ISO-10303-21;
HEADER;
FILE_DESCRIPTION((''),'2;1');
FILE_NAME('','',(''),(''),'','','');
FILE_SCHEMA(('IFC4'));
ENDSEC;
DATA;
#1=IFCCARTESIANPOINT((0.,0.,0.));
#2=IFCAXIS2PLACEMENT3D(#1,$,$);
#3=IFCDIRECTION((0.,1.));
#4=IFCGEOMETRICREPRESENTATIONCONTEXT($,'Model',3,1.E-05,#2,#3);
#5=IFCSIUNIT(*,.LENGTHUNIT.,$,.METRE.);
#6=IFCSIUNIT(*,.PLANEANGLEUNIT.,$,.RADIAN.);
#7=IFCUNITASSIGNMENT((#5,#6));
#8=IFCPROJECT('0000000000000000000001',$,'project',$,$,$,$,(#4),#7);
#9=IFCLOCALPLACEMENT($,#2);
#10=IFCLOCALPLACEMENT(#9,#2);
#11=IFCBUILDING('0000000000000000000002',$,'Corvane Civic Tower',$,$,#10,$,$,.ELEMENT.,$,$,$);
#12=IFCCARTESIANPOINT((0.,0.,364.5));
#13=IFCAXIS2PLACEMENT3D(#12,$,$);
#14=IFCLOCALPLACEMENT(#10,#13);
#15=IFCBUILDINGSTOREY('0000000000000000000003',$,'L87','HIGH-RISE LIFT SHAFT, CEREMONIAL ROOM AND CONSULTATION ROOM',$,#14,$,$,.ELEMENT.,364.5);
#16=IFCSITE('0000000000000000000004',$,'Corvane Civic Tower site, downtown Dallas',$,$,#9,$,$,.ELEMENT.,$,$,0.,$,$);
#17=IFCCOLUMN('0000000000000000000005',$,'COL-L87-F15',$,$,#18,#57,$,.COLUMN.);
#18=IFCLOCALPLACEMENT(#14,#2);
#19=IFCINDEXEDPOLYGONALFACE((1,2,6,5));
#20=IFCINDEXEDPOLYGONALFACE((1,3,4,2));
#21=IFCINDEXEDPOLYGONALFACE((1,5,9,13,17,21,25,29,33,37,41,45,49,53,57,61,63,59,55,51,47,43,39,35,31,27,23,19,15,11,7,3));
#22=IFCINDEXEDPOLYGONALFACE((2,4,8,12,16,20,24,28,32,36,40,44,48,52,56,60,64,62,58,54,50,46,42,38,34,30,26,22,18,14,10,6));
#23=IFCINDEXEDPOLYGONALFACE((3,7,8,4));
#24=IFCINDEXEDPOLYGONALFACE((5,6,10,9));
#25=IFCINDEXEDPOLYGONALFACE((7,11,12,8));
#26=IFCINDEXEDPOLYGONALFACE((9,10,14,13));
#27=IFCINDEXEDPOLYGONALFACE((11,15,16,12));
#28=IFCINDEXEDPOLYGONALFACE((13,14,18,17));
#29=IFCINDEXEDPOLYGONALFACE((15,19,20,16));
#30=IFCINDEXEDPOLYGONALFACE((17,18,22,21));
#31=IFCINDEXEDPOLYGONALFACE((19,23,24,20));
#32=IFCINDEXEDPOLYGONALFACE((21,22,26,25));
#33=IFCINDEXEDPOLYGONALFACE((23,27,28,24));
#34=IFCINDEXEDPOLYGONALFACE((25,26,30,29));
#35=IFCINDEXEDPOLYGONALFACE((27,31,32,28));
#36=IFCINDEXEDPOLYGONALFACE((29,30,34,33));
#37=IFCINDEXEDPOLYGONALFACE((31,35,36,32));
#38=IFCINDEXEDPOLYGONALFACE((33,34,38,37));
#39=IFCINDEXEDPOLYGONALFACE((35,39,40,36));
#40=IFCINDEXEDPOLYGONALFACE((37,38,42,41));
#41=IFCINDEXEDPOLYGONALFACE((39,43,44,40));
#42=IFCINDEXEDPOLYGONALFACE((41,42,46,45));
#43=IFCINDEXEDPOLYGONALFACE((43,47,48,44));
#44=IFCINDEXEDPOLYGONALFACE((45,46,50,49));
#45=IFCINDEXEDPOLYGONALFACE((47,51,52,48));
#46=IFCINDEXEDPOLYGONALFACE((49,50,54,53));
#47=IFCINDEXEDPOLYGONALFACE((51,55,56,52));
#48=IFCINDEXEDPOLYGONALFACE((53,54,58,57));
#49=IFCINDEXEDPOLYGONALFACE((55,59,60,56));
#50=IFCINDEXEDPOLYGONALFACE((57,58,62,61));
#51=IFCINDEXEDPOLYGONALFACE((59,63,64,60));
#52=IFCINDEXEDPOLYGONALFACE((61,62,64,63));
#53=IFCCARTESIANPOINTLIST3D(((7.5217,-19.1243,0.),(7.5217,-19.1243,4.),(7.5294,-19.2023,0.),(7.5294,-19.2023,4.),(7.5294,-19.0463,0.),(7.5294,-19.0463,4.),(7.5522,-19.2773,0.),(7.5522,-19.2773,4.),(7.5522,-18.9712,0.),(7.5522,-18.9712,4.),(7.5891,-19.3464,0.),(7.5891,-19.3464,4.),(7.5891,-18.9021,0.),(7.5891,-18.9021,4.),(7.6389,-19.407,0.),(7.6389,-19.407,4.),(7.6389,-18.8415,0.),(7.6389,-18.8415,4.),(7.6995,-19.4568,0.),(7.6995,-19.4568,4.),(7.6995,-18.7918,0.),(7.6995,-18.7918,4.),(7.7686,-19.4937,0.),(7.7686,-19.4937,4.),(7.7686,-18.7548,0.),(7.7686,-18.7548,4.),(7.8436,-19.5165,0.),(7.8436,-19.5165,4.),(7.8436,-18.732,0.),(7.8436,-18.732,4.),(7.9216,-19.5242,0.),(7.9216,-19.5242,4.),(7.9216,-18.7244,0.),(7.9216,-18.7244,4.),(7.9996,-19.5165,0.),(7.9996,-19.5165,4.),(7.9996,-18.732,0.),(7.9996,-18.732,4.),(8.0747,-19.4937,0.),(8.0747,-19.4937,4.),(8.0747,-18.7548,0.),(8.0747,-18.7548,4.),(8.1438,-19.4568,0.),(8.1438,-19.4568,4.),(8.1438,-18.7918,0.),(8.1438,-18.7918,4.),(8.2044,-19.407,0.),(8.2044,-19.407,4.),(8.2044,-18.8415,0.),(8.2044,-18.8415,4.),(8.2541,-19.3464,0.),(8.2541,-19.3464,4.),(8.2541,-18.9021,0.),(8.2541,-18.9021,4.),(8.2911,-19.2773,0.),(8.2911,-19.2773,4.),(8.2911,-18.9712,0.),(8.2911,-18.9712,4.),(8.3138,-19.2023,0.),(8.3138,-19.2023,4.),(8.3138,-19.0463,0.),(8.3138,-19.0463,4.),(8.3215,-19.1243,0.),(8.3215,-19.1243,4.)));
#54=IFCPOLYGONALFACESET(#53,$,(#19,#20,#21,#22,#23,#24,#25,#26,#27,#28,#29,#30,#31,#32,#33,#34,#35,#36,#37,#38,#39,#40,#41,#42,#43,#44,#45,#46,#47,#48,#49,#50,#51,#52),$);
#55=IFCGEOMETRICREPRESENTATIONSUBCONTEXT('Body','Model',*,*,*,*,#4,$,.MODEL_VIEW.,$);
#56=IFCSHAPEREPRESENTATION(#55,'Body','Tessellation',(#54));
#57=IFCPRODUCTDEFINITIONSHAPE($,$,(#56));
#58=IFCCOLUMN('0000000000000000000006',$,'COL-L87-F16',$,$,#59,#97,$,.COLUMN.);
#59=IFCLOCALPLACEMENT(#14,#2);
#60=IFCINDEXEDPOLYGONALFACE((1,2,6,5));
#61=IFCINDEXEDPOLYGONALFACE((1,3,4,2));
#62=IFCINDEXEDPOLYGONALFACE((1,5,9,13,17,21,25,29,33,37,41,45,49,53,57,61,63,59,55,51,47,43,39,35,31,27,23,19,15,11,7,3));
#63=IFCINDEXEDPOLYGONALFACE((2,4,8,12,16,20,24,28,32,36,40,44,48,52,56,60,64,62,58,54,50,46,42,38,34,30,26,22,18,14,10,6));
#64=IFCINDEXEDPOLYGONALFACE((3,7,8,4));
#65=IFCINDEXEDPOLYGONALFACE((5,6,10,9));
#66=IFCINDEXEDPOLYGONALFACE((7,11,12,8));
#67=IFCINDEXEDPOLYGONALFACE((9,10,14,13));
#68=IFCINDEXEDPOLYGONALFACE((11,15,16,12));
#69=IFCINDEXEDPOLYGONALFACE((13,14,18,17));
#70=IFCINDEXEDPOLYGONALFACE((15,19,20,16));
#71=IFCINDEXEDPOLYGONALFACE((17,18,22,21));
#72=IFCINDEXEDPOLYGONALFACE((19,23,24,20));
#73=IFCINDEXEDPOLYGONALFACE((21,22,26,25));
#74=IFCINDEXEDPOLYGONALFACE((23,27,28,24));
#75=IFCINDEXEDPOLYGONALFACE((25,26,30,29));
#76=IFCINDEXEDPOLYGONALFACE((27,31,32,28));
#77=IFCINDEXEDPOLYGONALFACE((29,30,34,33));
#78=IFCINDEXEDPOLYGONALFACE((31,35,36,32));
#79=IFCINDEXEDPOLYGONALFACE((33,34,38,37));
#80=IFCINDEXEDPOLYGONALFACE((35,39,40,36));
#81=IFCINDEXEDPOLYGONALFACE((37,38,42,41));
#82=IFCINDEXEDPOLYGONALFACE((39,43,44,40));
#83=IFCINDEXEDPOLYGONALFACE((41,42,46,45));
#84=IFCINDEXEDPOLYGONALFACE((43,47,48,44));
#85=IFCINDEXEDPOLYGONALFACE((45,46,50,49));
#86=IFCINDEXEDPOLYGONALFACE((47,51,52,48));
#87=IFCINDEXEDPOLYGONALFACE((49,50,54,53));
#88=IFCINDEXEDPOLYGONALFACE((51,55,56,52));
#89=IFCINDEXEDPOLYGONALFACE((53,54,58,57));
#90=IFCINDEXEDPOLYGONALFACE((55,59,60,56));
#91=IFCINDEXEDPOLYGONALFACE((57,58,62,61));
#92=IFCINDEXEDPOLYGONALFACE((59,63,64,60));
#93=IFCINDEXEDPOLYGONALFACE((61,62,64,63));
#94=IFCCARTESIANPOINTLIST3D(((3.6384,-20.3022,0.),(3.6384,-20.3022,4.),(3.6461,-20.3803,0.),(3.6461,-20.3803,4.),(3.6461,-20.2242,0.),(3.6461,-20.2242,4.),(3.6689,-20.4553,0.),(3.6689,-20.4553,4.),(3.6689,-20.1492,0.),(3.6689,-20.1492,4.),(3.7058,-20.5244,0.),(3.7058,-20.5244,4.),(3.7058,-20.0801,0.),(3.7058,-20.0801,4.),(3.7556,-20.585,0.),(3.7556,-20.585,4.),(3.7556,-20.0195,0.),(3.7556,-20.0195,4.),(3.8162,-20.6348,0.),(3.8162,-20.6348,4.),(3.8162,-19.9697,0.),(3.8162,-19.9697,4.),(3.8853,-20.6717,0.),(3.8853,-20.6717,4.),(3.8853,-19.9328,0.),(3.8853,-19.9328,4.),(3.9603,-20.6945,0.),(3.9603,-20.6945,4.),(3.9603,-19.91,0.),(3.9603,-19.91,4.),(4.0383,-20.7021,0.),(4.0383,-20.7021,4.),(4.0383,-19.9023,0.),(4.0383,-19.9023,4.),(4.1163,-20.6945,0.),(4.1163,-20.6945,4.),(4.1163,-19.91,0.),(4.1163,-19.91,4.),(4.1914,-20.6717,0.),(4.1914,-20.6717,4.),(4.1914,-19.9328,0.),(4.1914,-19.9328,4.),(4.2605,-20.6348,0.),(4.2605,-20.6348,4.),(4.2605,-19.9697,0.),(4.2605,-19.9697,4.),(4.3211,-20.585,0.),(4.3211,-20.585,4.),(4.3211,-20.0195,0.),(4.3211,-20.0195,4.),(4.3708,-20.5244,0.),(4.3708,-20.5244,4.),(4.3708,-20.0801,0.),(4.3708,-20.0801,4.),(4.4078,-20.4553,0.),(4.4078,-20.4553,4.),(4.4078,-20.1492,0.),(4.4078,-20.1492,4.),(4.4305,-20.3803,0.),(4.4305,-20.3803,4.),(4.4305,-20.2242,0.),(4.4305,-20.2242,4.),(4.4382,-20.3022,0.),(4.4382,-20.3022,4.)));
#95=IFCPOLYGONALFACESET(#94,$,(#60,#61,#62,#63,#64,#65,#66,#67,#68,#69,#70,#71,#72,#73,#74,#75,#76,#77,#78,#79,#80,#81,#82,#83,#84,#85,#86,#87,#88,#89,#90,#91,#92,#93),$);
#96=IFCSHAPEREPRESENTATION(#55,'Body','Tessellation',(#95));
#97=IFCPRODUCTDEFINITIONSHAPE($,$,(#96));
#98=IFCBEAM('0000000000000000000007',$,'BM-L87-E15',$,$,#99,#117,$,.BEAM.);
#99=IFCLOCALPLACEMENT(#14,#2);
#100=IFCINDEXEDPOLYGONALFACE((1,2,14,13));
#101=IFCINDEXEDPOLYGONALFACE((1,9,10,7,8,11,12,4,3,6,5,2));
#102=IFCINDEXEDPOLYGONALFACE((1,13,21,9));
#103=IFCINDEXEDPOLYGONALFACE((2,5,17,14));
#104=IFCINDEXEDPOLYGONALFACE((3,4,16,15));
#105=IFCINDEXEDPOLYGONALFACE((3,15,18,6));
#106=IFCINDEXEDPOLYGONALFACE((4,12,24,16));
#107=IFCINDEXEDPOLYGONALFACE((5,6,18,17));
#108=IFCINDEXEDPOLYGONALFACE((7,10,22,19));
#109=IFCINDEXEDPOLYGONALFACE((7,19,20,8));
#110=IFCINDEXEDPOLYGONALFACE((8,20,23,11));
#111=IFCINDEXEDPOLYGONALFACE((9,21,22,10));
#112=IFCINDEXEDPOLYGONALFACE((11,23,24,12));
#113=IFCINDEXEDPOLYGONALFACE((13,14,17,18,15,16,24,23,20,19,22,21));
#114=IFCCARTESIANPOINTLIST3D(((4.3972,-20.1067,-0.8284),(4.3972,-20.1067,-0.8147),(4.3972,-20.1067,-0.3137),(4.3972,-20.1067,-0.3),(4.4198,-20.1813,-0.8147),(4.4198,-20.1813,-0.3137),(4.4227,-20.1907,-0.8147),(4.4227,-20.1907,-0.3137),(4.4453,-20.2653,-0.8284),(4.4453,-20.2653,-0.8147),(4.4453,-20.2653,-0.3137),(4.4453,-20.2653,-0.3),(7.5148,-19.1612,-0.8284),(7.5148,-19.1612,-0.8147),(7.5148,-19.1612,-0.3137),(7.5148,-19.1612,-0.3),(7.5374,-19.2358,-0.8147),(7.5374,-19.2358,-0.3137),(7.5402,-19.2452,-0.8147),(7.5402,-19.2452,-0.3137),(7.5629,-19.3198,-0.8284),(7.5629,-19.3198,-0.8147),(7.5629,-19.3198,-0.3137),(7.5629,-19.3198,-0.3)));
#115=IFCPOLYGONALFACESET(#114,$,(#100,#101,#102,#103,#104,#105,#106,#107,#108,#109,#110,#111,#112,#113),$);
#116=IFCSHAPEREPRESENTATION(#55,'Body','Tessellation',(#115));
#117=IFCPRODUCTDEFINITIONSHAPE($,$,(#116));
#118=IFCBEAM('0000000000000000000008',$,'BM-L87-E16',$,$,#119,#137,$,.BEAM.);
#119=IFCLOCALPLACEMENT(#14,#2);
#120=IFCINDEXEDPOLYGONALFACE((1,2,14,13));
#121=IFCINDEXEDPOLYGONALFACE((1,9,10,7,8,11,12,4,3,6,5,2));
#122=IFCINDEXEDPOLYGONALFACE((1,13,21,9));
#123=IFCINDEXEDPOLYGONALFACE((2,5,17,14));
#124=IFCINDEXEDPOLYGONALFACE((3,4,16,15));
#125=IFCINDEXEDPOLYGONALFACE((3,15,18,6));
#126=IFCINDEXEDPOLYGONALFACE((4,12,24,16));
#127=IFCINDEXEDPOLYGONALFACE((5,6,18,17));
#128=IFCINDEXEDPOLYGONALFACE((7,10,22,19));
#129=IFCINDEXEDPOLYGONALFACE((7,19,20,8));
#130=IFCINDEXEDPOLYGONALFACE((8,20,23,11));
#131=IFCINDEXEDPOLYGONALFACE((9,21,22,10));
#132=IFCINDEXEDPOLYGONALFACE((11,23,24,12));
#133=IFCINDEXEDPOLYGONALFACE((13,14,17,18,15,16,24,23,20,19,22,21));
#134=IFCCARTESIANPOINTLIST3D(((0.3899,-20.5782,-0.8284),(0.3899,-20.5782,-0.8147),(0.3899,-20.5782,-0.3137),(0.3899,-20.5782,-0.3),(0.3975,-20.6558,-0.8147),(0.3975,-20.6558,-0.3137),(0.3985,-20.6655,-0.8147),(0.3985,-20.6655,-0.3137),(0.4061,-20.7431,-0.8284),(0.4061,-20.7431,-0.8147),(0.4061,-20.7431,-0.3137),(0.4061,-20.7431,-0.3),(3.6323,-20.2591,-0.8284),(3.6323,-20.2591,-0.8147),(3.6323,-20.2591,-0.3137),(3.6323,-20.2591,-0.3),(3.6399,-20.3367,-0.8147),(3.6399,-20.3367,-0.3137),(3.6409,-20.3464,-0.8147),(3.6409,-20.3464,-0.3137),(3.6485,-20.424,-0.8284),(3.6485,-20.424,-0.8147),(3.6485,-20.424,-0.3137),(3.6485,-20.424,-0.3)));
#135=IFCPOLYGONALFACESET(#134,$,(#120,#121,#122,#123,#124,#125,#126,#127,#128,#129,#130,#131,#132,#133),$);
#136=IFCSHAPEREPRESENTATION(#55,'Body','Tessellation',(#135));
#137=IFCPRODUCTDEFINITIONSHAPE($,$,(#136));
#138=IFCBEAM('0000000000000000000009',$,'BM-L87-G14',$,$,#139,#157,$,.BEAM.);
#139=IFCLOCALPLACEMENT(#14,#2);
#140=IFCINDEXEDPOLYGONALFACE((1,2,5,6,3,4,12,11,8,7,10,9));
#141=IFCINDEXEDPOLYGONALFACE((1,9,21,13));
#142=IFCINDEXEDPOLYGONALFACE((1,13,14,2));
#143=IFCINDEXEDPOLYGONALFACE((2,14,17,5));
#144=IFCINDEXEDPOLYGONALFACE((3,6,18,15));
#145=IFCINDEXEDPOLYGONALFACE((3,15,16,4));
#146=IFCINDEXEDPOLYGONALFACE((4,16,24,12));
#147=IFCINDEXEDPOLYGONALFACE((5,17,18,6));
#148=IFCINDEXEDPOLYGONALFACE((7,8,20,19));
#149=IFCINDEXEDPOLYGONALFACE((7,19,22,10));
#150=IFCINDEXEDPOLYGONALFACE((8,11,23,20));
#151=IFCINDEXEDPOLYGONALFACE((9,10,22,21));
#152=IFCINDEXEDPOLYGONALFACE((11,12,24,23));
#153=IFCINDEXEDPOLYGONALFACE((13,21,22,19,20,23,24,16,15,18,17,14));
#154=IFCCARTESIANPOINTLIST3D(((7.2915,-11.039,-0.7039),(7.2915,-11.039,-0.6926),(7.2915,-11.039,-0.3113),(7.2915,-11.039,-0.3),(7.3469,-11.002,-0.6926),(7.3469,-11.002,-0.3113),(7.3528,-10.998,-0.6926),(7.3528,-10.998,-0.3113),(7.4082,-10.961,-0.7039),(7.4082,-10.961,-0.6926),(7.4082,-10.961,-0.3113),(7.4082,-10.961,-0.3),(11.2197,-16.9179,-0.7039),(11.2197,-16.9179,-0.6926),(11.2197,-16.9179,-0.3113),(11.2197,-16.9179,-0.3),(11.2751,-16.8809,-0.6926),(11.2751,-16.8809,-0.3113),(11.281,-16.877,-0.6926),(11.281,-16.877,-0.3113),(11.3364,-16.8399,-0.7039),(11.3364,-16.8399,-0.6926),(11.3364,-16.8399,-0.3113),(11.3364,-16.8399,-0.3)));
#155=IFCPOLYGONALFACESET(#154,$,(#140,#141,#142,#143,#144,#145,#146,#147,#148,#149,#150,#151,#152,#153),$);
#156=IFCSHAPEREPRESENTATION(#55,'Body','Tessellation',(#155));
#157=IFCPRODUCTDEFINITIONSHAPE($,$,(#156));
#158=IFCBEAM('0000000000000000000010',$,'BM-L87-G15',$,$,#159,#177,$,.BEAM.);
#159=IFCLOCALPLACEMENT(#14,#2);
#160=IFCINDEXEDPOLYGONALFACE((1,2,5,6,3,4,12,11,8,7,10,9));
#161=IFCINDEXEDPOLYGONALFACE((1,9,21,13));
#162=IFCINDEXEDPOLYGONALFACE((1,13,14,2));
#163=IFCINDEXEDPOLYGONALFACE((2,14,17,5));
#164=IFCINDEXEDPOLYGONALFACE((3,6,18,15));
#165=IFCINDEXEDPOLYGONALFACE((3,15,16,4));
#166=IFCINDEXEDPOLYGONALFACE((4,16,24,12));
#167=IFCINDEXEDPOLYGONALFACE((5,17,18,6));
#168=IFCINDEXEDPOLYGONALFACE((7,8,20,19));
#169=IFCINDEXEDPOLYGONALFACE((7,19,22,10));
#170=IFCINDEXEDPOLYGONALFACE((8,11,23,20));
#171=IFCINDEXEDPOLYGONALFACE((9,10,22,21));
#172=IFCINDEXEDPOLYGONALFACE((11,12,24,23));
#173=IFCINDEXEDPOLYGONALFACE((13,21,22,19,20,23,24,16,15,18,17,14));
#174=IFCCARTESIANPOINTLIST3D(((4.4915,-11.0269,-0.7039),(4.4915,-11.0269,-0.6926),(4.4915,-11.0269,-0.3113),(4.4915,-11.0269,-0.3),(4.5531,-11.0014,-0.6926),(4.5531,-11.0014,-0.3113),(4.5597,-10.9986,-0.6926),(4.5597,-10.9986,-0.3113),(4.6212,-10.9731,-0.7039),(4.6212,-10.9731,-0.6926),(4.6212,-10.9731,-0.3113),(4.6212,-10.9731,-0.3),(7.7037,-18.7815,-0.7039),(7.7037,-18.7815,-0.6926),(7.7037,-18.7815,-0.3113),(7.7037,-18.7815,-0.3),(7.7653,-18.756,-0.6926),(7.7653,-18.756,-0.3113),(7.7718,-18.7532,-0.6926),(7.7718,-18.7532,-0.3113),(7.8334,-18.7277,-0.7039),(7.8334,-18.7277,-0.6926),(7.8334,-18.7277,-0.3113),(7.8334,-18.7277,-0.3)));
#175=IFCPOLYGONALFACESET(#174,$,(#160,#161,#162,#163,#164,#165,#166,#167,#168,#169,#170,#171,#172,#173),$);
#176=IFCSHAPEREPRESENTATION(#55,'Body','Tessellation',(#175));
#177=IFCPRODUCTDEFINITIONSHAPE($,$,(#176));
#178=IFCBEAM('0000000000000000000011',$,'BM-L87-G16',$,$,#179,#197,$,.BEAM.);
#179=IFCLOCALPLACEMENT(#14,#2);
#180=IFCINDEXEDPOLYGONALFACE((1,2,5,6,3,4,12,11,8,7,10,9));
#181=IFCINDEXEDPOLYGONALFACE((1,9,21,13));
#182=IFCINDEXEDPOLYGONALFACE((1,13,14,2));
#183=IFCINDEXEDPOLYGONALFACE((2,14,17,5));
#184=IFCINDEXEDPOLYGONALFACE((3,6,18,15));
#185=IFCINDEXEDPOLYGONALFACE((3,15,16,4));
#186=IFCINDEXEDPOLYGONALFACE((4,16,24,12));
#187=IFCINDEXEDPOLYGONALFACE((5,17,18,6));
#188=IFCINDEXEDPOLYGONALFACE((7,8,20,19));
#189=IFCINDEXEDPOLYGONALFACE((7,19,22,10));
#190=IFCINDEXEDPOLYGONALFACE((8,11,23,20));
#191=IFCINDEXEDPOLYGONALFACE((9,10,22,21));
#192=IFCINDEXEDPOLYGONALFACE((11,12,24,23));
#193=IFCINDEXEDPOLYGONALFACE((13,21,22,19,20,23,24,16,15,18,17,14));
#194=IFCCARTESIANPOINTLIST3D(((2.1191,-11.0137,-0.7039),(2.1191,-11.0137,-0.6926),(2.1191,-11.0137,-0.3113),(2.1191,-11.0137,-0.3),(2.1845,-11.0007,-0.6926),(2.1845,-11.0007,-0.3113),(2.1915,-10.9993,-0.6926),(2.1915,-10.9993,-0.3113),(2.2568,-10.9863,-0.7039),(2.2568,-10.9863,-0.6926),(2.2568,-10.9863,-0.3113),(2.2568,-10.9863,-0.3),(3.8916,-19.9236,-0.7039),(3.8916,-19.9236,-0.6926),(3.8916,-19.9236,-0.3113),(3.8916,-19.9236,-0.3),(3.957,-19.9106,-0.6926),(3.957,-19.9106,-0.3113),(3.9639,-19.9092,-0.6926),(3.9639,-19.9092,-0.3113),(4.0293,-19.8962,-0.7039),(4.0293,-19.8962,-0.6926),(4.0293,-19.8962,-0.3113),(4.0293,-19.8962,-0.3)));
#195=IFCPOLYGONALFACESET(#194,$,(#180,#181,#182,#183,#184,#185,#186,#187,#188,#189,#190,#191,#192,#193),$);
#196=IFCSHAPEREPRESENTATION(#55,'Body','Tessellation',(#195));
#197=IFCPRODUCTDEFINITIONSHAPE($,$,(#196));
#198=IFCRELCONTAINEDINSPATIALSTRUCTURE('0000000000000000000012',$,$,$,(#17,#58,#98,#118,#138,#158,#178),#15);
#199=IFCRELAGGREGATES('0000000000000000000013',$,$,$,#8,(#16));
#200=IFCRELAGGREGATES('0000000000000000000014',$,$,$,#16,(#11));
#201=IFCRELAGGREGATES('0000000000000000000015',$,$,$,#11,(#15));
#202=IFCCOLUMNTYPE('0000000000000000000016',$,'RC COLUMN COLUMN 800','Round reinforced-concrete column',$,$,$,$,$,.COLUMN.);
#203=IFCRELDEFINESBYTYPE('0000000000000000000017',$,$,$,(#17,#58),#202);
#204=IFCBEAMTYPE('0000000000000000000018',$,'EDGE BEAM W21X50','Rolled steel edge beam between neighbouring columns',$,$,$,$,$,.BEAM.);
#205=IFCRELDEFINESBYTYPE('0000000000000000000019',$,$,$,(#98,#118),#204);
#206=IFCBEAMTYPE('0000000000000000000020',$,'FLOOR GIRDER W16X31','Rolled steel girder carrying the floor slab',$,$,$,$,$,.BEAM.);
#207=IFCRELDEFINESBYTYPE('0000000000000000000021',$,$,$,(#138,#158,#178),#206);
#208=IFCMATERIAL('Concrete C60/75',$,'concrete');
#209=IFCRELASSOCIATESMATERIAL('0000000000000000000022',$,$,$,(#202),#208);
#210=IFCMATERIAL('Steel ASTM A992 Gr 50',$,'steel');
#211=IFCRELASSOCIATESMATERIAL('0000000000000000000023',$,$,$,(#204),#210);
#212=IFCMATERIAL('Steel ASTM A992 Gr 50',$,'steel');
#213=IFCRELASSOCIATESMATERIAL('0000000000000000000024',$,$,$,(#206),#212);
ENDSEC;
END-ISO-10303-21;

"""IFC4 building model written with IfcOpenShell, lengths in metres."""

from ifc_helpers import new_model, si_unit, direction, frame, origin, origin_2d, place, context, subcontext, project, spatial, circle, i_section, extrude, material, material_profile, profile_set, type_object, element, save


model = new_model("IFC4")

# Units and contexts
model_context = context("Model", 3, precision=1e-05, world=origin(), true_north=direction((0.0, 1.0)))
body_context = subcontext(model_context, "Body", "Model", "MODEL_VIEW")
ifc_project = project(units=[si_unit("LENGTHUNIT", "METRE"), si_unit("PLANEANGLEUNIT", "RADIAN")], contexts=[model_context])

# Site, building, storey
site_placement = place(None, origin())
site = spatial("IfcSite", under=ifc_project, at=site_placement, Name="Corvane Civic Tower site, downtown Dallas", CompositionType="ELEMENT", RefElevation=0.0)
building_placement = place(site_placement, origin())
building = spatial("IfcBuilding", under=site, at=building_placement, Name="Corvane Civic Tower", CompositionType="ELEMENT")
storey_placement = place(building_placement, frame((0.0, 0.0, 364.5)))
storey = spatial("IfcBuildingStorey", under=building, at=storey_placement, Name="L87", Description="HIGH-RISE LIFT SHAFT, CEREMONIAL ROOM AND CONSULTATION ROOM", CompositionType="ELEMENT", Elevation=364.5)

# Columns
ifc_material_1 = material(Name="Concrete C60/75", Category="concrete")
ifc_material_profile_1 = material_profile(ifc_material_1, circle(Radius=0.3999, at=origin_2d()), Name="COLUMN 800")
ifc_profile_set_1 = profile_set([ifc_material_profile_1], Name="Concrete C60/75")
column_type = type_object("IfcColumnType", Name="RC COLUMN COLUMN 800", Description="Round reinforced-concrete column", PredefinedType="COLUMN", material=ifc_profile_set_1)
for number, where, z_axis, x_axis, name in (
    (1, (7.9216, -19.1243, 0.0), (0.0, 0.0, 1.0), (1.0, 0.0, 0.0), "COL-L87-F15"),
    (2, (4.0383, -20.3022, 0.0), (0.0, 0.0, 1.0), (1.0, 0.0, 0.0), "COL-L87-F16"),
):
    element("IfcColumn", number, at=place(storey_placement, frame(where, z_axis=z_axis, x_axis=x_axis)), inside=storey, type_object=column_type, Name=name, PredefinedType="COLUMN", context=body_context, shape_type="SweptSolid", body=[
        extrude(circle(Radius=0.3999, at=origin_2d()), origin(), (0.0, 0.0, 1.0), 4.0),
    ])

# Beams
ifc_material_2 = material(Name="Steel ASTM A992 Gr 50", Category="steel")
ifc_material_profile_2 = material_profile(ifc_material_2, i_section(OverallWidth=0.1658, OverallDepth=0.5283, WebThickness=0.0098, FlangeThickness=0.0137, at=origin_2d()), Name="W21X50")
ifc_profile_set_2 = profile_set([ifc_material_profile_2], Name="Steel ASTM A992 Gr 50")
beam_type_1 = type_object("IfcBeamType", Name="EDGE BEAM W21X50", Description="Rolled steel edge beam between neighbouring columns", PredefinedType="BEAM", material=ifc_profile_set_2)
beam_1_placement = place(storey_placement, frame((7.5388, -19.2405, -0.5642), z_axis=(-0.956956, -0.290234, 0.0), x_axis=(0.290234, -0.956956, 0.0)))
element("IfcBeam", 3, at=beam_1_placement, inside=storey, type_object=beam_type_1, Name="BM-L87-E15", PredefinedType="BEAM", context=body_context, shape_type="SweptSolid", body=[
    extrude(i_section(OverallWidth=0.1658, OverallDepth=0.5283, WebThickness=0.0098, FlangeThickness=0.0137, at=origin_2d()), origin(), (0.0, 0.0, 1.0), 3.2578),
])
beam_2_placement = place(storey_placement, frame((3.6404, -20.3416, -0.5642), z_axis=(-0.995193, -0.097938, 0.0), x_axis=(0.097938, -0.995193, 0.0)))
element("IfcBeam", 4, at=beam_2_placement, inside=storey, type_object=beam_type_1, Name="BM-L87-E16", PredefinedType="BEAM", context=body_context, shape_type="SweptSolid", body=[
    extrude(i_section(OverallWidth=0.1658, OverallDepth=0.5283, WebThickness=0.0098, FlangeThickness=0.0137, at=origin_2d()), origin(), (0.0, 0.0, 1.0), 3.2581),
])
ifc_material_3 = material(Name="Steel ASTM A992 Gr 50", Category="steel")
ifc_material_profile_3 = material_profile(ifc_material_3, i_section(OverallWidth=0.1404, OverallDepth=0.4038, WebThickness=0.0071, FlangeThickness=0.0112, at=origin_2d()), Name="W16X31")
ifc_profile_set_3 = profile_set([ifc_material_profile_3], Name="Steel ASTM A992 Gr 50")
beam_type_2 = type_object("IfcBeamType", Name="FLOOR GIRDER W16X31", Description="Rolled steel girder carrying the floor slab", PredefinedType="BEAM", material=ifc_profile_set_3)
beam_3_placement = place(storey_placement, frame((7.3499, -11.0, -0.502), z_axis=(0.555576, -0.831465, 0.0), x_axis=(0.831465, 0.555576, 0.0)))
element("IfcBeam", 5, at=beam_3_placement, inside=storey, type_object=beam_type_2, Name="BM-L87-G14", PredefinedType="BEAM", context=body_context, shape_type="SweptSolid", body=[
    extrude(i_section(OverallWidth=0.1404, OverallDepth=0.4038, WebThickness=0.0071, FlangeThickness=0.0112, at=origin_2d()), origin(), (0.0, 0.0, 1.0), 7.0706),
])
beam_4_placement = place(storey_placement, frame((4.5564, -11.0, -0.502), z_axis=(0.382692, -0.923876, 0.0), x_axis=(0.923876, 0.382692, 0.0)))
element("IfcBeam", 6, at=beam_4_placement, inside=storey, type_object=beam_type_2, Name="BM-L87-G15", PredefinedType="BEAM", context=body_context, shape_type="SweptSolid", body=[
    extrude(i_section(OverallWidth=0.1404, OverallDepth=0.4038, WebThickness=0.0071, FlangeThickness=0.0112, at=origin_2d()), origin(), (0.0, 0.0, 1.0), 8.3936),
])
beam_5_placement = place(storey_placement, frame((2.188, -11.0, -0.502), z_axis=(0.195108, -0.980782, 0.0), x_axis=(0.980782, 0.195108, 0.0)))
element("IfcBeam", 7, at=beam_5_placement, inside=storey, type_object=beam_type_2, Name="BM-L87-G16", PredefinedType="BEAM", context=body_context, shape_type="SweptSolid", body=[
    extrude(i_section(OverallWidth=0.1404, OverallDepth=0.4038, WebThickness=0.0071, FlangeThickness=0.0112, at=origin_2d()), origin(), (0.0, 0.0, 1.0), 9.0845),
])

save(model, "model.ifc")
